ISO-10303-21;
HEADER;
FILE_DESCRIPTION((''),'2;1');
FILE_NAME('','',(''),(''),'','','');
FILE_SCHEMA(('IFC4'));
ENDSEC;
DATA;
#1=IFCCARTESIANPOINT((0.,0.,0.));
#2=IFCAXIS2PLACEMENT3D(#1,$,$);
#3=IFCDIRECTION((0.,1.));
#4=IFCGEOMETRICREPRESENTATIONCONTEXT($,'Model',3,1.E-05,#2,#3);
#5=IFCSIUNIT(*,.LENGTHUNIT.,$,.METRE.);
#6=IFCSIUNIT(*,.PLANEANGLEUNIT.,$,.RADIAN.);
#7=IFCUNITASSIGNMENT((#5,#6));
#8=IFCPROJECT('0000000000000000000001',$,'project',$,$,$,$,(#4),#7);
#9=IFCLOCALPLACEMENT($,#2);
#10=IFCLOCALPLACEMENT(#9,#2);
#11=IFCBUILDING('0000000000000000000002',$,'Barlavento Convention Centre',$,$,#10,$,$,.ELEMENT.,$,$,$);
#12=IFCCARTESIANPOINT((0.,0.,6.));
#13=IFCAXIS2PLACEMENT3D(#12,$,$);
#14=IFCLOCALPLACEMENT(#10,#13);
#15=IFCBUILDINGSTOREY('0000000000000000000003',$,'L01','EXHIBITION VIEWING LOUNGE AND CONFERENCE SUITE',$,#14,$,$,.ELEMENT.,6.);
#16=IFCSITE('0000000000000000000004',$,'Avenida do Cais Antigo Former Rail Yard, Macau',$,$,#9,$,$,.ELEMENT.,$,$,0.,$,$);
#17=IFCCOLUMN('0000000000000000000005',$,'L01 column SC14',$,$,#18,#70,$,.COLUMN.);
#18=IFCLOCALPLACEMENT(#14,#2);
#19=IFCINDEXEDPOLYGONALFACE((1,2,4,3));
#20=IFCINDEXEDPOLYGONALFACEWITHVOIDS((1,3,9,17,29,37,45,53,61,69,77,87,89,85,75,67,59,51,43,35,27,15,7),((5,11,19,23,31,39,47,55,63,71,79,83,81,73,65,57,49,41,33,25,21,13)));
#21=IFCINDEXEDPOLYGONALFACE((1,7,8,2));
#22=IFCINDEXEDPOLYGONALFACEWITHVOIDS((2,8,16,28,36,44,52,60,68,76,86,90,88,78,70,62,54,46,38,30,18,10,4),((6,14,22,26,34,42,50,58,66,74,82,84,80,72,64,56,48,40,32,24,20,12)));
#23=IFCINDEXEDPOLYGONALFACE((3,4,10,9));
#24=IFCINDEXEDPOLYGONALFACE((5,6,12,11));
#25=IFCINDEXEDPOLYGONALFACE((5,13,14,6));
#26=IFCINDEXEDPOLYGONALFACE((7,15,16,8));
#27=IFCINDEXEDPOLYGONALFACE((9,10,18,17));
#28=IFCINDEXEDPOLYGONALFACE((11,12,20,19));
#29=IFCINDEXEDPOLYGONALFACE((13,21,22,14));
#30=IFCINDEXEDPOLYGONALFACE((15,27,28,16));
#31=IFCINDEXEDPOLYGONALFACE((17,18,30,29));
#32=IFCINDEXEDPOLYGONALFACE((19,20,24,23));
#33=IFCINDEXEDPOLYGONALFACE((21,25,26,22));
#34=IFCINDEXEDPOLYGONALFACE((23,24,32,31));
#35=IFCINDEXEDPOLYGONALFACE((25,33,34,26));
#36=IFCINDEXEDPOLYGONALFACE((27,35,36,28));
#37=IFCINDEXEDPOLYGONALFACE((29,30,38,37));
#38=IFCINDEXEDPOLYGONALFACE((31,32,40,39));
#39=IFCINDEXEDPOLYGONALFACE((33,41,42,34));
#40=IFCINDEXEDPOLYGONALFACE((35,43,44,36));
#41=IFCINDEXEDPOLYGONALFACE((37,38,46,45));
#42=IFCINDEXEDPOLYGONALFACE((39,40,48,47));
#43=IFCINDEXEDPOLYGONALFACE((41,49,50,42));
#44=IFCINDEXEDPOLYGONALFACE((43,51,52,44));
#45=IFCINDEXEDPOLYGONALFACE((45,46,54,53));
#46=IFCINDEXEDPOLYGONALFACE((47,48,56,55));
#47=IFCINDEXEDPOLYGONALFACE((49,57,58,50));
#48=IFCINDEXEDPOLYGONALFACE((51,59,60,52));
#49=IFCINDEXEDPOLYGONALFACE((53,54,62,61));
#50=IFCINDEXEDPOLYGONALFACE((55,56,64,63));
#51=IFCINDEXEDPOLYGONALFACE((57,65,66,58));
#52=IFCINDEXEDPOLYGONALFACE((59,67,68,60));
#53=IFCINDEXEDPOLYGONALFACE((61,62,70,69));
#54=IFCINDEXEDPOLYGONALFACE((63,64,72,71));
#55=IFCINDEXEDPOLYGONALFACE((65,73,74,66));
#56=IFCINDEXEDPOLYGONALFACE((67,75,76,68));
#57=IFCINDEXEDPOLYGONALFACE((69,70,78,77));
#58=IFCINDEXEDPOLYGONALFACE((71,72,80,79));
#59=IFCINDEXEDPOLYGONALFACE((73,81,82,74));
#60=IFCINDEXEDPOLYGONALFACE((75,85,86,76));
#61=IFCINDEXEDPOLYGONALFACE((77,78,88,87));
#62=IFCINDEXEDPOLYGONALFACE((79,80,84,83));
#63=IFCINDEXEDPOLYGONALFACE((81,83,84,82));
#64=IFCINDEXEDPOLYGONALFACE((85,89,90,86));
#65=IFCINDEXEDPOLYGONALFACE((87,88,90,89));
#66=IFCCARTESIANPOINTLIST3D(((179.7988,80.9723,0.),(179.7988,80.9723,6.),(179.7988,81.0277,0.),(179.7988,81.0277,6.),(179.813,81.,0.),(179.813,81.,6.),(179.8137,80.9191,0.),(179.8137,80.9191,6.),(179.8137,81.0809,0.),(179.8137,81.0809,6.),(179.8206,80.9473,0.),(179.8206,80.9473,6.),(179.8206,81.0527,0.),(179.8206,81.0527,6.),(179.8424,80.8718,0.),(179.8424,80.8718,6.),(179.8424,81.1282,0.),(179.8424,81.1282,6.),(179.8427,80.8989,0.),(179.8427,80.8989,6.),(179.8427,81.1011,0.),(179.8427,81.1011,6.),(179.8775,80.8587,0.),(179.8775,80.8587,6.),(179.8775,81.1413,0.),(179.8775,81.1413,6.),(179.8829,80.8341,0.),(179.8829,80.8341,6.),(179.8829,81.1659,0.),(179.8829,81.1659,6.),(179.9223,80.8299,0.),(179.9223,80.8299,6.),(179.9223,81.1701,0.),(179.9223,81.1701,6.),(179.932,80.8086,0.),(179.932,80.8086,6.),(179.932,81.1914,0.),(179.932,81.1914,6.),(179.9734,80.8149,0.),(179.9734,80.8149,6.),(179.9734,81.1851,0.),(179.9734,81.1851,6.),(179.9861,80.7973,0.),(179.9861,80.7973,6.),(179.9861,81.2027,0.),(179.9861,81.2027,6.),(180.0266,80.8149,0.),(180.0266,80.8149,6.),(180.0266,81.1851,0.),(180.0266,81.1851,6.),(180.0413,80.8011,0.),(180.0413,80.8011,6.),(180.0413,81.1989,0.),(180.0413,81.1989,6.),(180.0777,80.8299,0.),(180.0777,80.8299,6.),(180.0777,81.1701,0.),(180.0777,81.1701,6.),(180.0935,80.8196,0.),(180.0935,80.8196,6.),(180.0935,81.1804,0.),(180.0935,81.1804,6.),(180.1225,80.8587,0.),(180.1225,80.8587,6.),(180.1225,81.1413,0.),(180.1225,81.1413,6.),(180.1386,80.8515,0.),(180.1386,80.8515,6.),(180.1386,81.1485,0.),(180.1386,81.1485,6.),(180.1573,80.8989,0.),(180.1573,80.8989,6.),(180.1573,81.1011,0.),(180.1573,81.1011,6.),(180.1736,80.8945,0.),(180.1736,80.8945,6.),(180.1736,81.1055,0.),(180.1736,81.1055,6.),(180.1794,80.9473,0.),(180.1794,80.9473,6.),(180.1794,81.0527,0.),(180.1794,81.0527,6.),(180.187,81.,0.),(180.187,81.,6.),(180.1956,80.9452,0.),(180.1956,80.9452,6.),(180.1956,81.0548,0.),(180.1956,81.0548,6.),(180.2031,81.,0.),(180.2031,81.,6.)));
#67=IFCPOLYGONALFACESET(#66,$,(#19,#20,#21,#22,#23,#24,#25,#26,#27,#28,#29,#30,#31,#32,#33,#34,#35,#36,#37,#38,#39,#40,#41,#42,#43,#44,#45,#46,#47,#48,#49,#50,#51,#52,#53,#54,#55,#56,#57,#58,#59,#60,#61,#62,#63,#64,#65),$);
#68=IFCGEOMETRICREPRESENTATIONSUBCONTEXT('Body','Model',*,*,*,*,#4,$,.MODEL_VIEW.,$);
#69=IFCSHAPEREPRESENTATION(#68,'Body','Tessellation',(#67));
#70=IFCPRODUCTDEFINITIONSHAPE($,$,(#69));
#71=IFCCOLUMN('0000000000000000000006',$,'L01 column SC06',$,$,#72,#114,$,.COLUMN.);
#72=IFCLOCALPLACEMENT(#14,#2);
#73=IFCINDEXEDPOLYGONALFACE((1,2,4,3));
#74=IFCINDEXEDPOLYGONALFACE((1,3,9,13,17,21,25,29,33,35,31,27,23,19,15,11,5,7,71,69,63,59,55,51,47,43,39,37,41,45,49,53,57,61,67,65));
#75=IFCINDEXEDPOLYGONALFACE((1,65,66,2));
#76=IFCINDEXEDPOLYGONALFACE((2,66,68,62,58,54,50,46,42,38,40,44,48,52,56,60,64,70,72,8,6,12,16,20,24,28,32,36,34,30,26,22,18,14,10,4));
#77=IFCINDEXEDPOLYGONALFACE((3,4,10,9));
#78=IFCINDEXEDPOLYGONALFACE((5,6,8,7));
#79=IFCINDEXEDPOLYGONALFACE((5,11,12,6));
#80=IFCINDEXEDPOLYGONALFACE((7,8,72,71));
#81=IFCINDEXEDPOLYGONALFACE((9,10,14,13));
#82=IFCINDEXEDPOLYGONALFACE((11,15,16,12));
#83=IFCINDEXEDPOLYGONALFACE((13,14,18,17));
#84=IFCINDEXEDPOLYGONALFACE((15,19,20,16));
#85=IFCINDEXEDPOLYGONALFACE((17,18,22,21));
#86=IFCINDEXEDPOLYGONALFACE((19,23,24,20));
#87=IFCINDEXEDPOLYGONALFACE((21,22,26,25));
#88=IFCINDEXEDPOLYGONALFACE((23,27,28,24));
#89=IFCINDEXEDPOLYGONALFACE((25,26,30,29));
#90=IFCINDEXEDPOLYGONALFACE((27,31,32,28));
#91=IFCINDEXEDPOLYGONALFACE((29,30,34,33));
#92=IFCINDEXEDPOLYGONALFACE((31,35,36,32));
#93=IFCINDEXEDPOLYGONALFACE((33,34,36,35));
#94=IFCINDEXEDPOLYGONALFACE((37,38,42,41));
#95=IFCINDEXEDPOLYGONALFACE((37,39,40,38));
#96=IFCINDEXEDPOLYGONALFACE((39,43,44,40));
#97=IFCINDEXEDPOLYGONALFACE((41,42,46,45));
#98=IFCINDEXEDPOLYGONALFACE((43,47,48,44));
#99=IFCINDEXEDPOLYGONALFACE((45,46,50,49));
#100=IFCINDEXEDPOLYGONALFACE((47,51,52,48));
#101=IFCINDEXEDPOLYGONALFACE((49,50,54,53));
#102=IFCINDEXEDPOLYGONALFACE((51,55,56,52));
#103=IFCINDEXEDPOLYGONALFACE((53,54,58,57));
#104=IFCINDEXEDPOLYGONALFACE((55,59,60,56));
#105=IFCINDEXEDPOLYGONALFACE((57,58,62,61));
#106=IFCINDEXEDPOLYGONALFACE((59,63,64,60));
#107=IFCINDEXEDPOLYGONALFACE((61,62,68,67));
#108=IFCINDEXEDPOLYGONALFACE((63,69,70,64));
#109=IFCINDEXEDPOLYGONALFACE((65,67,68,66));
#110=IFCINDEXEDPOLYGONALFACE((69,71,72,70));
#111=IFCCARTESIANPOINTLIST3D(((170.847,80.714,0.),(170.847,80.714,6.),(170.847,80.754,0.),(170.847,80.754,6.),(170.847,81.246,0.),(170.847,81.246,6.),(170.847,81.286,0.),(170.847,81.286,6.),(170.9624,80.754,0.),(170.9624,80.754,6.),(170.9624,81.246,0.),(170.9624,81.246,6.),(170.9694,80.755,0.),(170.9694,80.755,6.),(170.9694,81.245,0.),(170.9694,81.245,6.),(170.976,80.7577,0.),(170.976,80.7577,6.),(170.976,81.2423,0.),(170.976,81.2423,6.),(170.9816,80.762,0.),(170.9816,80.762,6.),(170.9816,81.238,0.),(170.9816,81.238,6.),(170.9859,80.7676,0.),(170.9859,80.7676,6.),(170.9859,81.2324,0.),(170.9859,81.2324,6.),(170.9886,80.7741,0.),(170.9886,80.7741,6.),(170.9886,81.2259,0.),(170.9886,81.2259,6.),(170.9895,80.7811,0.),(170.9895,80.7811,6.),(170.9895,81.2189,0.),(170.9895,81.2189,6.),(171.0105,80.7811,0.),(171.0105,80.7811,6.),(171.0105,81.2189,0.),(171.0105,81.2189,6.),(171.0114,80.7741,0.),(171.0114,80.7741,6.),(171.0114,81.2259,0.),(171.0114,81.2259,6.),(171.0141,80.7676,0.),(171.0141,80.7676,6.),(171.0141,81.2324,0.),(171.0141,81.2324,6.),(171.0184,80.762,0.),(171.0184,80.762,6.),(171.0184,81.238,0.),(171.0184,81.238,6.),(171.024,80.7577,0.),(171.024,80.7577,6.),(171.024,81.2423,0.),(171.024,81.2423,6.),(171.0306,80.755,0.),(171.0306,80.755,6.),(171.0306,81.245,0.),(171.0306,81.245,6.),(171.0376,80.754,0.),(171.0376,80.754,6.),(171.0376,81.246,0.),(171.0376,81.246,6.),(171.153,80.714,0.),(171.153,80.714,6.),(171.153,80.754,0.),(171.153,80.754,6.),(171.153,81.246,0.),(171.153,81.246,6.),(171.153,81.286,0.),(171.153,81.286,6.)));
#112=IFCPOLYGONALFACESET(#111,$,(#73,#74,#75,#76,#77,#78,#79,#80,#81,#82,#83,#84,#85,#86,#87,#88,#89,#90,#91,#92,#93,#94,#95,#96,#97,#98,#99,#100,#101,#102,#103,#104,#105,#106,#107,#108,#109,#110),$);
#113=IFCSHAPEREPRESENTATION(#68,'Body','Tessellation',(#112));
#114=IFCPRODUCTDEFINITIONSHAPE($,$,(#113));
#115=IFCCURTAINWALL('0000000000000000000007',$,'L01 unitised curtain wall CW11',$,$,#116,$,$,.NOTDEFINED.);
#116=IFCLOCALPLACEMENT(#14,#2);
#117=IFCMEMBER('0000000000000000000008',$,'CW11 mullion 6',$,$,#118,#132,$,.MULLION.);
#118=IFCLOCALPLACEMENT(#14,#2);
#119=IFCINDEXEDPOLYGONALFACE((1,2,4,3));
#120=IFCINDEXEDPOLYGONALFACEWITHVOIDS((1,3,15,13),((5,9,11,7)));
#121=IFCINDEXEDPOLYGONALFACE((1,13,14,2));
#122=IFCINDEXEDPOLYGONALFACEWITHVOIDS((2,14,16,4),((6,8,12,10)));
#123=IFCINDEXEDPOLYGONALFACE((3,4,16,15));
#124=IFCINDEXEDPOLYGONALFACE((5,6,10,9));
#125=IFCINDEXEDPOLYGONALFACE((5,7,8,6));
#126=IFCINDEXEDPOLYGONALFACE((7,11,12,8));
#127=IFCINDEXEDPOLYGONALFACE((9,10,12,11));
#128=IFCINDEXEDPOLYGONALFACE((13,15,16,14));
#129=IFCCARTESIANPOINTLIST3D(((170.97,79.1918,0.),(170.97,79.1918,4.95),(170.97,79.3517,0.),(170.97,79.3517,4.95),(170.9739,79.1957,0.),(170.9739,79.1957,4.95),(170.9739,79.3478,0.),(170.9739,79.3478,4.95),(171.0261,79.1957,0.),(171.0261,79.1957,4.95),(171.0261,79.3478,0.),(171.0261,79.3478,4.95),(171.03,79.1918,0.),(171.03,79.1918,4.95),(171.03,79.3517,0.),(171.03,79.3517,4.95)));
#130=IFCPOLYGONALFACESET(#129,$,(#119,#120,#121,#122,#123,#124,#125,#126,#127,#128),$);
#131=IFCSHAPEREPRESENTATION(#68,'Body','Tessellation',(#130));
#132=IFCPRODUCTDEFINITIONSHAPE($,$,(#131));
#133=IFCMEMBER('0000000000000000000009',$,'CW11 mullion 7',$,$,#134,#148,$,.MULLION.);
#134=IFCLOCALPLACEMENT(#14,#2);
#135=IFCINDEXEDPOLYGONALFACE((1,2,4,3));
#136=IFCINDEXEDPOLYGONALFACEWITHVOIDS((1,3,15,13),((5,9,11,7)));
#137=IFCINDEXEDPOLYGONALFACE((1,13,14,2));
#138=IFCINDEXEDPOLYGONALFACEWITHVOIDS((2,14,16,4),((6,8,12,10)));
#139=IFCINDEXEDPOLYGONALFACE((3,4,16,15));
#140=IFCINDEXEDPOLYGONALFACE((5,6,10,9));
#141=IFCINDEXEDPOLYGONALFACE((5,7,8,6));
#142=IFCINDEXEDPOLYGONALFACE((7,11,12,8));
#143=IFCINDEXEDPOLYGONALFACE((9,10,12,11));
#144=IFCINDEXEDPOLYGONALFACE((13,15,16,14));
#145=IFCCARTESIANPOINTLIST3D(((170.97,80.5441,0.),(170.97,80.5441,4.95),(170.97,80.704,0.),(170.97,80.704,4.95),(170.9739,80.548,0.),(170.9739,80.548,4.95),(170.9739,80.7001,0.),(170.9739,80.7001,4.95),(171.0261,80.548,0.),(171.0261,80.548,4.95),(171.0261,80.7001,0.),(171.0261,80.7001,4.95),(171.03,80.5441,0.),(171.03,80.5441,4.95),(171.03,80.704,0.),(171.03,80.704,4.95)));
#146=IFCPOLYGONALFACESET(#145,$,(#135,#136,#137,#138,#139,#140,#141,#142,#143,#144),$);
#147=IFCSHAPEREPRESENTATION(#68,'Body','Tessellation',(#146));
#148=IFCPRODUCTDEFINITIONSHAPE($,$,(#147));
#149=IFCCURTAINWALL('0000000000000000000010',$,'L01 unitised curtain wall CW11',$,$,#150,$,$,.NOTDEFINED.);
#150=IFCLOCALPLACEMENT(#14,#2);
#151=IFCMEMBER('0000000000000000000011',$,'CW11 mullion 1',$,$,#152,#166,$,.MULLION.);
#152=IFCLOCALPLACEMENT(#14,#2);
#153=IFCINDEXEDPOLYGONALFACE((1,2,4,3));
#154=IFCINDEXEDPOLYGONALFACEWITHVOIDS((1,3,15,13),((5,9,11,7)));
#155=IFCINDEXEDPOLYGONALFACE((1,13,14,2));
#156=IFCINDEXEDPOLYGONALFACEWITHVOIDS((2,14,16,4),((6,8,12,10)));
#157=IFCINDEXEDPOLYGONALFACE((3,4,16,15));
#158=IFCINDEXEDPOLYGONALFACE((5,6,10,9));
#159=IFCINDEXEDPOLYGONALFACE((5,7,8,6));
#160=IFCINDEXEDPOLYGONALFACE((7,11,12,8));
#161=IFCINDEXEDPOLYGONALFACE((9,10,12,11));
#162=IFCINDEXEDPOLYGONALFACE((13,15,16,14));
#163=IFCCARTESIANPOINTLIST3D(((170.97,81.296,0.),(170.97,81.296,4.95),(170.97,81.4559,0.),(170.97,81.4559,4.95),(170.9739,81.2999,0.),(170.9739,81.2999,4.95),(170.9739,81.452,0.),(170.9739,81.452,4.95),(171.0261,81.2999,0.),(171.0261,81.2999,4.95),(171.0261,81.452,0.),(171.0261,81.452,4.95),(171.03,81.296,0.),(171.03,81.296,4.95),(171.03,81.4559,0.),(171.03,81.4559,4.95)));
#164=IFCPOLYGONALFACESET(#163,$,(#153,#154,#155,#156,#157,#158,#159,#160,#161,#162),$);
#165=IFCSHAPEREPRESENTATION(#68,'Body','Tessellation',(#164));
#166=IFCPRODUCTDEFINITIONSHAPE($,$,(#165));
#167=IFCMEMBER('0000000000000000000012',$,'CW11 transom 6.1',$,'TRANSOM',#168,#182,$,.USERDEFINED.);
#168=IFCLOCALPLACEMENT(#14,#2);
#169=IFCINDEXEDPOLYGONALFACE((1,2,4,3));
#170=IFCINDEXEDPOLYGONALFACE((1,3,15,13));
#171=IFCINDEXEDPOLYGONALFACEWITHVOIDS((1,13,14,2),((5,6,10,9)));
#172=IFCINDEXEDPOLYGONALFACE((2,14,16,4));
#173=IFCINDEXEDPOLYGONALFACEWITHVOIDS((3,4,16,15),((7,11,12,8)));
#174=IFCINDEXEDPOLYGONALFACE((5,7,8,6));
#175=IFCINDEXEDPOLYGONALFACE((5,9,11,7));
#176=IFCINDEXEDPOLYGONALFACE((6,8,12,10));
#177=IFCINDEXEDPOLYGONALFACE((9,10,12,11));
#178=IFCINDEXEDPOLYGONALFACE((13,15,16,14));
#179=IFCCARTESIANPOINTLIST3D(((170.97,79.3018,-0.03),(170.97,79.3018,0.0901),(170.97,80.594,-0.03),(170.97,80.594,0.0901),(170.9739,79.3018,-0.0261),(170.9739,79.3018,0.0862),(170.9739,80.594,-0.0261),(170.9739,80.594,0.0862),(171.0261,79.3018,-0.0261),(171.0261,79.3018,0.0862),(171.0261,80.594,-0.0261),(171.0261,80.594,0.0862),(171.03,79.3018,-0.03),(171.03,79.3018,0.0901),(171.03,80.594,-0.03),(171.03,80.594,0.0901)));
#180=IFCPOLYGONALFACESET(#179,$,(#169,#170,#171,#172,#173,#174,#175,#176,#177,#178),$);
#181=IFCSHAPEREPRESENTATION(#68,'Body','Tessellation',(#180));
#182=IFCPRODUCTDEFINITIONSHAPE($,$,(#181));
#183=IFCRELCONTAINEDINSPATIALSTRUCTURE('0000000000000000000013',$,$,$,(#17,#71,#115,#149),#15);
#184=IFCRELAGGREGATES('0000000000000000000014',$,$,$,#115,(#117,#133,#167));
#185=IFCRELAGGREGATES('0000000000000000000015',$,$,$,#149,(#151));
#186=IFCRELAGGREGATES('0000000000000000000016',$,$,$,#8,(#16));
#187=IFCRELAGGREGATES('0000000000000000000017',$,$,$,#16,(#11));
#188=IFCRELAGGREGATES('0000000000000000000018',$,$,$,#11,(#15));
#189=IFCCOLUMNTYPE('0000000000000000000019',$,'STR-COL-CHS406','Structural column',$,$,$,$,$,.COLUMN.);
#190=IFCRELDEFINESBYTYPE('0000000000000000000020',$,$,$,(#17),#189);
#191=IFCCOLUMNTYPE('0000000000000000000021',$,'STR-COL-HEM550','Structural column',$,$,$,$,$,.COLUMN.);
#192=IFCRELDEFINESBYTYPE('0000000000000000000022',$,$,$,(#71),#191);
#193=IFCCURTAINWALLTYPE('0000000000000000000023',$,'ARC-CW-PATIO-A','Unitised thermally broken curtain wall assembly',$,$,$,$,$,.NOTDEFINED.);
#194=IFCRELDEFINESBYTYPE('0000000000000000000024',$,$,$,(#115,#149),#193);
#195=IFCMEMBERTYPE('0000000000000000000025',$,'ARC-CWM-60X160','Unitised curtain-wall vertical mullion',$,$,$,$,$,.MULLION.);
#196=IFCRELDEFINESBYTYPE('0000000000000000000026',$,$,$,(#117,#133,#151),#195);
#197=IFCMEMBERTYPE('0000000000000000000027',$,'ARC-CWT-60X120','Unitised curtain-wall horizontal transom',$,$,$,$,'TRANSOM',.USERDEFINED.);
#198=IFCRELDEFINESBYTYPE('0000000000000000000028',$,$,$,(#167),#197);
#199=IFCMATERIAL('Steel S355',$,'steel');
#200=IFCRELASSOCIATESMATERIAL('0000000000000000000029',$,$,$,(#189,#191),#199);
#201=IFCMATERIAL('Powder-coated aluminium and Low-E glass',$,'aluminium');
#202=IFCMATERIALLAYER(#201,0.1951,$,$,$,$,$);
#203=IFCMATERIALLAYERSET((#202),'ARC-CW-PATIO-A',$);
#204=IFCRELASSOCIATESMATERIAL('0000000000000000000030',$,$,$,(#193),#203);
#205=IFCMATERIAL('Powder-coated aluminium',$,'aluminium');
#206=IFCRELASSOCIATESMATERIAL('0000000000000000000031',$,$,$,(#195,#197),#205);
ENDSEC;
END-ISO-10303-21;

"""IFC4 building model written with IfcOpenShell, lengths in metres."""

from ifc_helpers import new_model, si_unit, direction, frame, origin, origin_2d, place, context, subcontext, project, spatial, hollow_rectangle, hollow_circle, i_section, extrude, material, layer, layer_set, material_profile, profile_set, type_object, element, aggregate, save


model = new_model("IFC4")

# Units and contexts
model_context = context("Model", 3, precision=1e-05, world=origin(), true_north=direction((0.0, 1.0)))
body_context = subcontext(model_context, "Body", "Model", "MODEL_VIEW")
ifc_project = project(units=[si_unit("LENGTHUNIT", "METRE"), si_unit("PLANEANGLEUNIT", "RADIAN")], contexts=[model_context])

# Site, building, storey
site_placement = place(None, origin())
site = spatial("IfcSite", under=ifc_project, at=site_placement, Name="Avenida do Cais Antigo Former Rail Yard, Macau", CompositionType="ELEMENT", RefElevation=0.0)
building_placement = place(site_placement, origin())
building = spatial("IfcBuilding", under=site, at=building_placement, Name="Barlavento Convention Centre", CompositionType="ELEMENT")
storey_placement = place(building_placement, frame((0.0, 0.0, 6.0)))
storey = spatial("IfcBuildingStorey", under=building, at=storey_placement, Name="L01", Description="EXHIBITION VIEWING LOUNGE AND CONFERENCE SUITE", CompositionType="ELEMENT", Elevation=6.0)

# Columns
ifc_material_1 = material(Name="Steel S355", Category="steel")
ifc_material_profile_1 = material_profile(ifc_material_1, hollow_circle(Radius=0.2031, WallThickness=0.0161, at=origin_2d()), Name="CHS 406.4x16.0")
ifc_profile_set_1 = profile_set([ifc_material_profile_1], Name="Steel S355")
column_type_1 = type_object("IfcColumnType", Name="STR-COL-CHS406", Description="Structural column", PredefinedType="COLUMN", material=ifc_profile_set_1)
column_1_placement = place(storey_placement, frame((180.0, 81.0, 0.0), z_axis=(0.0, 0.0, 1.0), x_axis=(1.0, 0.0, 0.0)))
element("IfcColumn", 1, at=column_1_placement, inside=storey, type_object=column_type_1, Name="L01 column SC14", PredefinedType="COLUMN", context=body_context, shape_type="SweptSolid", body=[
    extrude(hollow_circle(Radius=0.2031, WallThickness=0.0161, at=origin_2d()), origin(), (0.0, 0.0, 1.0), 6.0),
])
ifc_material_profile_2 = material_profile(ifc_material_1, i_section(OverallWidth=0.3059, OverallDepth=0.572, WebThickness=0.021, FlangeThickness=0.04, FilletRadius=0.0271, at=origin_2d()), Name="HEM 550")
ifc_profile_set_2 = profile_set([ifc_material_profile_2], Name="Steel S355")
column_type_2 = type_object("IfcColumnType", Name="STR-COL-HEM550", Description="Structural column", PredefinedType="COLUMN", material=ifc_profile_set_2)
column_2_placement = place(storey_placement, frame((171.0, 81.0, 0.0), z_axis=(0.0, 0.0, 1.0), x_axis=(1.0, 0.0, 0.0)))
element("IfcColumn", 2, at=column_2_placement, inside=storey, type_object=column_type_2, Name="L01 column SC06", PredefinedType="COLUMN", context=body_context, shape_type="SweptSolid", body=[
    extrude(i_section(OverallWidth=0.3059, OverallDepth=0.572, WebThickness=0.021, FlangeThickness=0.04, FilletRadius=0.0271, at=origin_2d()), origin(), (0.0, 0.0, 1.0), 6.0),
])

# Curtain wall, members
ifc_material_2 = material(Name="Powder-coated aluminium and Low-E glass", Category="aluminium")
ifc_layer_1 = layer(ifc_material_2, 0.1951)
ifc_layer_set_1 = layer_set([ifc_layer_1], Name="ARC-CW-PATIO-A")
curtain_wall_type = type_object("IfcCurtainWallType", Name="ARC-CW-PATIO-A", Description="Unitised thermally broken curtain wall assembly", PredefinedType="NOTDEFINED", material=ifc_layer_set_1)
curtain_wall_1_placement = place(storey_placement, origin())
curtain_wall_1 = element("IfcCurtainWall", 3, at=curtain_wall_1_placement, inside=storey, type_object=curtain_wall_type, Name="L01 unitised curtain wall CW11", PredefinedType="NOTDEFINED")
ifc_material_3 = material(Name="Powder-coated aluminium", Category="aluminium")
ifc_material_profile_3 = material_profile(ifc_material_3, hollow_rectangle(XDim=0.0601, YDim=0.1599, WallThickness=0.0039, at=origin_2d()), Name="AL-MULL 60x160x4")
ifc_profile_set_3 = profile_set([ifc_material_profile_3], Name="Powder-coated aluminium")
member_type_1 = type_object("IfcMemberType", Name="ARC-CWM-60X160", Description="Unitised curtain-wall vertical mullion", PredefinedType="MULLION", material=ifc_profile_set_3)
member_1_placement = place(storey_placement, frame((171.0, 79.2717, 0.0), z_axis=(0.0, 0.0, 1.0), x_axis=(-1.0, 0.0, 0.0)))
member_1 = element("IfcMember", 4, at=member_1_placement, type_object=member_type_1, Name="CW11 mullion 6", PredefinedType="MULLION", context=body_context, shape_type="SweptSolid", body=[
    extrude(hollow_rectangle(XDim=0.0601, YDim=0.1599, WallThickness=0.0039, at=origin_2d()), origin(), (0.0, 0.0, 1.0), 4.95),
])
member_2_placement = place(storey_placement, frame((171.0, 80.624, 0.0), z_axis=(0.0, 0.0, 1.0), x_axis=(-1.0, 0.0, 0.0)))
member_2 = element("IfcMember", 5, at=member_2_placement, type_object=member_type_1, Name="CW11 mullion 7", PredefinedType="MULLION", context=body_context, shape_type="SweptSolid", body=[
    extrude(hollow_rectangle(XDim=0.0601, YDim=0.1599, WallThickness=0.0039, at=origin_2d()), origin(), (0.0, 0.0, 1.0), 4.95),
])

# Curtain wall, member
curtain_wall_2_placement = place(storey_placement, origin())
curtain_wall_2 = element("IfcCurtainWall", 6, at=curtain_wall_2_placement, inside=storey, type_object=curtain_wall_type, Name="L01 unitised curtain wall CW11", PredefinedType="NOTDEFINED")
member_3_placement = place(storey_placement, frame((171.0, 81.376, 0.0), z_axis=(0.0, 0.0, 1.0), x_axis=(-1.0, 0.0, 0.0)))
member_3 = element("IfcMember", 7, at=member_3_placement, type_object=member_type_1, Name="CW11 mullion 1", PredefinedType="MULLION", context=body_context, shape_type="SweptSolid", body=[
    extrude(hollow_rectangle(XDim=0.0601, YDim=0.1599, WallThickness=0.0039, at=origin_2d()), origin(), (0.0, 0.0, 1.0), 4.95),
])

# Member
ifc_material_profile_4 = material_profile(ifc_material_3, hollow_rectangle(XDim=0.0601, YDim=0.1201, WallThickness=0.0039, at=origin_2d()), Name="AL-TRAN 60x120x4")
ifc_profile_set_4 = profile_set([ifc_material_profile_4], Name="Powder-coated aluminium")
member_type_2 = type_object("IfcMemberType", Name="ARC-CWT-60X120", Description="Unitised curtain-wall horizontal transom", ElementType="TRANSOM", PredefinedType="USERDEFINED", material=ifc_profile_set_4)
member_4_placement = place(storey_placement, frame((171.0, 79.3018, 0.03), z_axis=(0.0, 1.0, 0.0), x_axis=(-1.0, 0.0, 0.0)))
member_4 = element("IfcMember", 8, at=member_4_placement, type_object=member_type_2, Name="CW11 transom 6.1", ObjectType="TRANSOM", PredefinedType="USERDEFINED", context=body_context, shape_type="SweptSolid", body=[
    extrude(hollow_rectangle(XDim=0.0601, YDim=0.1201, WallThickness=0.0039, at=origin_2d()), origin(), (0.0, 0.0, 1.0), 1.2922),
])

aggregate(curtain_wall_1, [member_1, member_2, member_4])
aggregate(curtain_wall_2, [member_3])

save(model, "model.ifc")
